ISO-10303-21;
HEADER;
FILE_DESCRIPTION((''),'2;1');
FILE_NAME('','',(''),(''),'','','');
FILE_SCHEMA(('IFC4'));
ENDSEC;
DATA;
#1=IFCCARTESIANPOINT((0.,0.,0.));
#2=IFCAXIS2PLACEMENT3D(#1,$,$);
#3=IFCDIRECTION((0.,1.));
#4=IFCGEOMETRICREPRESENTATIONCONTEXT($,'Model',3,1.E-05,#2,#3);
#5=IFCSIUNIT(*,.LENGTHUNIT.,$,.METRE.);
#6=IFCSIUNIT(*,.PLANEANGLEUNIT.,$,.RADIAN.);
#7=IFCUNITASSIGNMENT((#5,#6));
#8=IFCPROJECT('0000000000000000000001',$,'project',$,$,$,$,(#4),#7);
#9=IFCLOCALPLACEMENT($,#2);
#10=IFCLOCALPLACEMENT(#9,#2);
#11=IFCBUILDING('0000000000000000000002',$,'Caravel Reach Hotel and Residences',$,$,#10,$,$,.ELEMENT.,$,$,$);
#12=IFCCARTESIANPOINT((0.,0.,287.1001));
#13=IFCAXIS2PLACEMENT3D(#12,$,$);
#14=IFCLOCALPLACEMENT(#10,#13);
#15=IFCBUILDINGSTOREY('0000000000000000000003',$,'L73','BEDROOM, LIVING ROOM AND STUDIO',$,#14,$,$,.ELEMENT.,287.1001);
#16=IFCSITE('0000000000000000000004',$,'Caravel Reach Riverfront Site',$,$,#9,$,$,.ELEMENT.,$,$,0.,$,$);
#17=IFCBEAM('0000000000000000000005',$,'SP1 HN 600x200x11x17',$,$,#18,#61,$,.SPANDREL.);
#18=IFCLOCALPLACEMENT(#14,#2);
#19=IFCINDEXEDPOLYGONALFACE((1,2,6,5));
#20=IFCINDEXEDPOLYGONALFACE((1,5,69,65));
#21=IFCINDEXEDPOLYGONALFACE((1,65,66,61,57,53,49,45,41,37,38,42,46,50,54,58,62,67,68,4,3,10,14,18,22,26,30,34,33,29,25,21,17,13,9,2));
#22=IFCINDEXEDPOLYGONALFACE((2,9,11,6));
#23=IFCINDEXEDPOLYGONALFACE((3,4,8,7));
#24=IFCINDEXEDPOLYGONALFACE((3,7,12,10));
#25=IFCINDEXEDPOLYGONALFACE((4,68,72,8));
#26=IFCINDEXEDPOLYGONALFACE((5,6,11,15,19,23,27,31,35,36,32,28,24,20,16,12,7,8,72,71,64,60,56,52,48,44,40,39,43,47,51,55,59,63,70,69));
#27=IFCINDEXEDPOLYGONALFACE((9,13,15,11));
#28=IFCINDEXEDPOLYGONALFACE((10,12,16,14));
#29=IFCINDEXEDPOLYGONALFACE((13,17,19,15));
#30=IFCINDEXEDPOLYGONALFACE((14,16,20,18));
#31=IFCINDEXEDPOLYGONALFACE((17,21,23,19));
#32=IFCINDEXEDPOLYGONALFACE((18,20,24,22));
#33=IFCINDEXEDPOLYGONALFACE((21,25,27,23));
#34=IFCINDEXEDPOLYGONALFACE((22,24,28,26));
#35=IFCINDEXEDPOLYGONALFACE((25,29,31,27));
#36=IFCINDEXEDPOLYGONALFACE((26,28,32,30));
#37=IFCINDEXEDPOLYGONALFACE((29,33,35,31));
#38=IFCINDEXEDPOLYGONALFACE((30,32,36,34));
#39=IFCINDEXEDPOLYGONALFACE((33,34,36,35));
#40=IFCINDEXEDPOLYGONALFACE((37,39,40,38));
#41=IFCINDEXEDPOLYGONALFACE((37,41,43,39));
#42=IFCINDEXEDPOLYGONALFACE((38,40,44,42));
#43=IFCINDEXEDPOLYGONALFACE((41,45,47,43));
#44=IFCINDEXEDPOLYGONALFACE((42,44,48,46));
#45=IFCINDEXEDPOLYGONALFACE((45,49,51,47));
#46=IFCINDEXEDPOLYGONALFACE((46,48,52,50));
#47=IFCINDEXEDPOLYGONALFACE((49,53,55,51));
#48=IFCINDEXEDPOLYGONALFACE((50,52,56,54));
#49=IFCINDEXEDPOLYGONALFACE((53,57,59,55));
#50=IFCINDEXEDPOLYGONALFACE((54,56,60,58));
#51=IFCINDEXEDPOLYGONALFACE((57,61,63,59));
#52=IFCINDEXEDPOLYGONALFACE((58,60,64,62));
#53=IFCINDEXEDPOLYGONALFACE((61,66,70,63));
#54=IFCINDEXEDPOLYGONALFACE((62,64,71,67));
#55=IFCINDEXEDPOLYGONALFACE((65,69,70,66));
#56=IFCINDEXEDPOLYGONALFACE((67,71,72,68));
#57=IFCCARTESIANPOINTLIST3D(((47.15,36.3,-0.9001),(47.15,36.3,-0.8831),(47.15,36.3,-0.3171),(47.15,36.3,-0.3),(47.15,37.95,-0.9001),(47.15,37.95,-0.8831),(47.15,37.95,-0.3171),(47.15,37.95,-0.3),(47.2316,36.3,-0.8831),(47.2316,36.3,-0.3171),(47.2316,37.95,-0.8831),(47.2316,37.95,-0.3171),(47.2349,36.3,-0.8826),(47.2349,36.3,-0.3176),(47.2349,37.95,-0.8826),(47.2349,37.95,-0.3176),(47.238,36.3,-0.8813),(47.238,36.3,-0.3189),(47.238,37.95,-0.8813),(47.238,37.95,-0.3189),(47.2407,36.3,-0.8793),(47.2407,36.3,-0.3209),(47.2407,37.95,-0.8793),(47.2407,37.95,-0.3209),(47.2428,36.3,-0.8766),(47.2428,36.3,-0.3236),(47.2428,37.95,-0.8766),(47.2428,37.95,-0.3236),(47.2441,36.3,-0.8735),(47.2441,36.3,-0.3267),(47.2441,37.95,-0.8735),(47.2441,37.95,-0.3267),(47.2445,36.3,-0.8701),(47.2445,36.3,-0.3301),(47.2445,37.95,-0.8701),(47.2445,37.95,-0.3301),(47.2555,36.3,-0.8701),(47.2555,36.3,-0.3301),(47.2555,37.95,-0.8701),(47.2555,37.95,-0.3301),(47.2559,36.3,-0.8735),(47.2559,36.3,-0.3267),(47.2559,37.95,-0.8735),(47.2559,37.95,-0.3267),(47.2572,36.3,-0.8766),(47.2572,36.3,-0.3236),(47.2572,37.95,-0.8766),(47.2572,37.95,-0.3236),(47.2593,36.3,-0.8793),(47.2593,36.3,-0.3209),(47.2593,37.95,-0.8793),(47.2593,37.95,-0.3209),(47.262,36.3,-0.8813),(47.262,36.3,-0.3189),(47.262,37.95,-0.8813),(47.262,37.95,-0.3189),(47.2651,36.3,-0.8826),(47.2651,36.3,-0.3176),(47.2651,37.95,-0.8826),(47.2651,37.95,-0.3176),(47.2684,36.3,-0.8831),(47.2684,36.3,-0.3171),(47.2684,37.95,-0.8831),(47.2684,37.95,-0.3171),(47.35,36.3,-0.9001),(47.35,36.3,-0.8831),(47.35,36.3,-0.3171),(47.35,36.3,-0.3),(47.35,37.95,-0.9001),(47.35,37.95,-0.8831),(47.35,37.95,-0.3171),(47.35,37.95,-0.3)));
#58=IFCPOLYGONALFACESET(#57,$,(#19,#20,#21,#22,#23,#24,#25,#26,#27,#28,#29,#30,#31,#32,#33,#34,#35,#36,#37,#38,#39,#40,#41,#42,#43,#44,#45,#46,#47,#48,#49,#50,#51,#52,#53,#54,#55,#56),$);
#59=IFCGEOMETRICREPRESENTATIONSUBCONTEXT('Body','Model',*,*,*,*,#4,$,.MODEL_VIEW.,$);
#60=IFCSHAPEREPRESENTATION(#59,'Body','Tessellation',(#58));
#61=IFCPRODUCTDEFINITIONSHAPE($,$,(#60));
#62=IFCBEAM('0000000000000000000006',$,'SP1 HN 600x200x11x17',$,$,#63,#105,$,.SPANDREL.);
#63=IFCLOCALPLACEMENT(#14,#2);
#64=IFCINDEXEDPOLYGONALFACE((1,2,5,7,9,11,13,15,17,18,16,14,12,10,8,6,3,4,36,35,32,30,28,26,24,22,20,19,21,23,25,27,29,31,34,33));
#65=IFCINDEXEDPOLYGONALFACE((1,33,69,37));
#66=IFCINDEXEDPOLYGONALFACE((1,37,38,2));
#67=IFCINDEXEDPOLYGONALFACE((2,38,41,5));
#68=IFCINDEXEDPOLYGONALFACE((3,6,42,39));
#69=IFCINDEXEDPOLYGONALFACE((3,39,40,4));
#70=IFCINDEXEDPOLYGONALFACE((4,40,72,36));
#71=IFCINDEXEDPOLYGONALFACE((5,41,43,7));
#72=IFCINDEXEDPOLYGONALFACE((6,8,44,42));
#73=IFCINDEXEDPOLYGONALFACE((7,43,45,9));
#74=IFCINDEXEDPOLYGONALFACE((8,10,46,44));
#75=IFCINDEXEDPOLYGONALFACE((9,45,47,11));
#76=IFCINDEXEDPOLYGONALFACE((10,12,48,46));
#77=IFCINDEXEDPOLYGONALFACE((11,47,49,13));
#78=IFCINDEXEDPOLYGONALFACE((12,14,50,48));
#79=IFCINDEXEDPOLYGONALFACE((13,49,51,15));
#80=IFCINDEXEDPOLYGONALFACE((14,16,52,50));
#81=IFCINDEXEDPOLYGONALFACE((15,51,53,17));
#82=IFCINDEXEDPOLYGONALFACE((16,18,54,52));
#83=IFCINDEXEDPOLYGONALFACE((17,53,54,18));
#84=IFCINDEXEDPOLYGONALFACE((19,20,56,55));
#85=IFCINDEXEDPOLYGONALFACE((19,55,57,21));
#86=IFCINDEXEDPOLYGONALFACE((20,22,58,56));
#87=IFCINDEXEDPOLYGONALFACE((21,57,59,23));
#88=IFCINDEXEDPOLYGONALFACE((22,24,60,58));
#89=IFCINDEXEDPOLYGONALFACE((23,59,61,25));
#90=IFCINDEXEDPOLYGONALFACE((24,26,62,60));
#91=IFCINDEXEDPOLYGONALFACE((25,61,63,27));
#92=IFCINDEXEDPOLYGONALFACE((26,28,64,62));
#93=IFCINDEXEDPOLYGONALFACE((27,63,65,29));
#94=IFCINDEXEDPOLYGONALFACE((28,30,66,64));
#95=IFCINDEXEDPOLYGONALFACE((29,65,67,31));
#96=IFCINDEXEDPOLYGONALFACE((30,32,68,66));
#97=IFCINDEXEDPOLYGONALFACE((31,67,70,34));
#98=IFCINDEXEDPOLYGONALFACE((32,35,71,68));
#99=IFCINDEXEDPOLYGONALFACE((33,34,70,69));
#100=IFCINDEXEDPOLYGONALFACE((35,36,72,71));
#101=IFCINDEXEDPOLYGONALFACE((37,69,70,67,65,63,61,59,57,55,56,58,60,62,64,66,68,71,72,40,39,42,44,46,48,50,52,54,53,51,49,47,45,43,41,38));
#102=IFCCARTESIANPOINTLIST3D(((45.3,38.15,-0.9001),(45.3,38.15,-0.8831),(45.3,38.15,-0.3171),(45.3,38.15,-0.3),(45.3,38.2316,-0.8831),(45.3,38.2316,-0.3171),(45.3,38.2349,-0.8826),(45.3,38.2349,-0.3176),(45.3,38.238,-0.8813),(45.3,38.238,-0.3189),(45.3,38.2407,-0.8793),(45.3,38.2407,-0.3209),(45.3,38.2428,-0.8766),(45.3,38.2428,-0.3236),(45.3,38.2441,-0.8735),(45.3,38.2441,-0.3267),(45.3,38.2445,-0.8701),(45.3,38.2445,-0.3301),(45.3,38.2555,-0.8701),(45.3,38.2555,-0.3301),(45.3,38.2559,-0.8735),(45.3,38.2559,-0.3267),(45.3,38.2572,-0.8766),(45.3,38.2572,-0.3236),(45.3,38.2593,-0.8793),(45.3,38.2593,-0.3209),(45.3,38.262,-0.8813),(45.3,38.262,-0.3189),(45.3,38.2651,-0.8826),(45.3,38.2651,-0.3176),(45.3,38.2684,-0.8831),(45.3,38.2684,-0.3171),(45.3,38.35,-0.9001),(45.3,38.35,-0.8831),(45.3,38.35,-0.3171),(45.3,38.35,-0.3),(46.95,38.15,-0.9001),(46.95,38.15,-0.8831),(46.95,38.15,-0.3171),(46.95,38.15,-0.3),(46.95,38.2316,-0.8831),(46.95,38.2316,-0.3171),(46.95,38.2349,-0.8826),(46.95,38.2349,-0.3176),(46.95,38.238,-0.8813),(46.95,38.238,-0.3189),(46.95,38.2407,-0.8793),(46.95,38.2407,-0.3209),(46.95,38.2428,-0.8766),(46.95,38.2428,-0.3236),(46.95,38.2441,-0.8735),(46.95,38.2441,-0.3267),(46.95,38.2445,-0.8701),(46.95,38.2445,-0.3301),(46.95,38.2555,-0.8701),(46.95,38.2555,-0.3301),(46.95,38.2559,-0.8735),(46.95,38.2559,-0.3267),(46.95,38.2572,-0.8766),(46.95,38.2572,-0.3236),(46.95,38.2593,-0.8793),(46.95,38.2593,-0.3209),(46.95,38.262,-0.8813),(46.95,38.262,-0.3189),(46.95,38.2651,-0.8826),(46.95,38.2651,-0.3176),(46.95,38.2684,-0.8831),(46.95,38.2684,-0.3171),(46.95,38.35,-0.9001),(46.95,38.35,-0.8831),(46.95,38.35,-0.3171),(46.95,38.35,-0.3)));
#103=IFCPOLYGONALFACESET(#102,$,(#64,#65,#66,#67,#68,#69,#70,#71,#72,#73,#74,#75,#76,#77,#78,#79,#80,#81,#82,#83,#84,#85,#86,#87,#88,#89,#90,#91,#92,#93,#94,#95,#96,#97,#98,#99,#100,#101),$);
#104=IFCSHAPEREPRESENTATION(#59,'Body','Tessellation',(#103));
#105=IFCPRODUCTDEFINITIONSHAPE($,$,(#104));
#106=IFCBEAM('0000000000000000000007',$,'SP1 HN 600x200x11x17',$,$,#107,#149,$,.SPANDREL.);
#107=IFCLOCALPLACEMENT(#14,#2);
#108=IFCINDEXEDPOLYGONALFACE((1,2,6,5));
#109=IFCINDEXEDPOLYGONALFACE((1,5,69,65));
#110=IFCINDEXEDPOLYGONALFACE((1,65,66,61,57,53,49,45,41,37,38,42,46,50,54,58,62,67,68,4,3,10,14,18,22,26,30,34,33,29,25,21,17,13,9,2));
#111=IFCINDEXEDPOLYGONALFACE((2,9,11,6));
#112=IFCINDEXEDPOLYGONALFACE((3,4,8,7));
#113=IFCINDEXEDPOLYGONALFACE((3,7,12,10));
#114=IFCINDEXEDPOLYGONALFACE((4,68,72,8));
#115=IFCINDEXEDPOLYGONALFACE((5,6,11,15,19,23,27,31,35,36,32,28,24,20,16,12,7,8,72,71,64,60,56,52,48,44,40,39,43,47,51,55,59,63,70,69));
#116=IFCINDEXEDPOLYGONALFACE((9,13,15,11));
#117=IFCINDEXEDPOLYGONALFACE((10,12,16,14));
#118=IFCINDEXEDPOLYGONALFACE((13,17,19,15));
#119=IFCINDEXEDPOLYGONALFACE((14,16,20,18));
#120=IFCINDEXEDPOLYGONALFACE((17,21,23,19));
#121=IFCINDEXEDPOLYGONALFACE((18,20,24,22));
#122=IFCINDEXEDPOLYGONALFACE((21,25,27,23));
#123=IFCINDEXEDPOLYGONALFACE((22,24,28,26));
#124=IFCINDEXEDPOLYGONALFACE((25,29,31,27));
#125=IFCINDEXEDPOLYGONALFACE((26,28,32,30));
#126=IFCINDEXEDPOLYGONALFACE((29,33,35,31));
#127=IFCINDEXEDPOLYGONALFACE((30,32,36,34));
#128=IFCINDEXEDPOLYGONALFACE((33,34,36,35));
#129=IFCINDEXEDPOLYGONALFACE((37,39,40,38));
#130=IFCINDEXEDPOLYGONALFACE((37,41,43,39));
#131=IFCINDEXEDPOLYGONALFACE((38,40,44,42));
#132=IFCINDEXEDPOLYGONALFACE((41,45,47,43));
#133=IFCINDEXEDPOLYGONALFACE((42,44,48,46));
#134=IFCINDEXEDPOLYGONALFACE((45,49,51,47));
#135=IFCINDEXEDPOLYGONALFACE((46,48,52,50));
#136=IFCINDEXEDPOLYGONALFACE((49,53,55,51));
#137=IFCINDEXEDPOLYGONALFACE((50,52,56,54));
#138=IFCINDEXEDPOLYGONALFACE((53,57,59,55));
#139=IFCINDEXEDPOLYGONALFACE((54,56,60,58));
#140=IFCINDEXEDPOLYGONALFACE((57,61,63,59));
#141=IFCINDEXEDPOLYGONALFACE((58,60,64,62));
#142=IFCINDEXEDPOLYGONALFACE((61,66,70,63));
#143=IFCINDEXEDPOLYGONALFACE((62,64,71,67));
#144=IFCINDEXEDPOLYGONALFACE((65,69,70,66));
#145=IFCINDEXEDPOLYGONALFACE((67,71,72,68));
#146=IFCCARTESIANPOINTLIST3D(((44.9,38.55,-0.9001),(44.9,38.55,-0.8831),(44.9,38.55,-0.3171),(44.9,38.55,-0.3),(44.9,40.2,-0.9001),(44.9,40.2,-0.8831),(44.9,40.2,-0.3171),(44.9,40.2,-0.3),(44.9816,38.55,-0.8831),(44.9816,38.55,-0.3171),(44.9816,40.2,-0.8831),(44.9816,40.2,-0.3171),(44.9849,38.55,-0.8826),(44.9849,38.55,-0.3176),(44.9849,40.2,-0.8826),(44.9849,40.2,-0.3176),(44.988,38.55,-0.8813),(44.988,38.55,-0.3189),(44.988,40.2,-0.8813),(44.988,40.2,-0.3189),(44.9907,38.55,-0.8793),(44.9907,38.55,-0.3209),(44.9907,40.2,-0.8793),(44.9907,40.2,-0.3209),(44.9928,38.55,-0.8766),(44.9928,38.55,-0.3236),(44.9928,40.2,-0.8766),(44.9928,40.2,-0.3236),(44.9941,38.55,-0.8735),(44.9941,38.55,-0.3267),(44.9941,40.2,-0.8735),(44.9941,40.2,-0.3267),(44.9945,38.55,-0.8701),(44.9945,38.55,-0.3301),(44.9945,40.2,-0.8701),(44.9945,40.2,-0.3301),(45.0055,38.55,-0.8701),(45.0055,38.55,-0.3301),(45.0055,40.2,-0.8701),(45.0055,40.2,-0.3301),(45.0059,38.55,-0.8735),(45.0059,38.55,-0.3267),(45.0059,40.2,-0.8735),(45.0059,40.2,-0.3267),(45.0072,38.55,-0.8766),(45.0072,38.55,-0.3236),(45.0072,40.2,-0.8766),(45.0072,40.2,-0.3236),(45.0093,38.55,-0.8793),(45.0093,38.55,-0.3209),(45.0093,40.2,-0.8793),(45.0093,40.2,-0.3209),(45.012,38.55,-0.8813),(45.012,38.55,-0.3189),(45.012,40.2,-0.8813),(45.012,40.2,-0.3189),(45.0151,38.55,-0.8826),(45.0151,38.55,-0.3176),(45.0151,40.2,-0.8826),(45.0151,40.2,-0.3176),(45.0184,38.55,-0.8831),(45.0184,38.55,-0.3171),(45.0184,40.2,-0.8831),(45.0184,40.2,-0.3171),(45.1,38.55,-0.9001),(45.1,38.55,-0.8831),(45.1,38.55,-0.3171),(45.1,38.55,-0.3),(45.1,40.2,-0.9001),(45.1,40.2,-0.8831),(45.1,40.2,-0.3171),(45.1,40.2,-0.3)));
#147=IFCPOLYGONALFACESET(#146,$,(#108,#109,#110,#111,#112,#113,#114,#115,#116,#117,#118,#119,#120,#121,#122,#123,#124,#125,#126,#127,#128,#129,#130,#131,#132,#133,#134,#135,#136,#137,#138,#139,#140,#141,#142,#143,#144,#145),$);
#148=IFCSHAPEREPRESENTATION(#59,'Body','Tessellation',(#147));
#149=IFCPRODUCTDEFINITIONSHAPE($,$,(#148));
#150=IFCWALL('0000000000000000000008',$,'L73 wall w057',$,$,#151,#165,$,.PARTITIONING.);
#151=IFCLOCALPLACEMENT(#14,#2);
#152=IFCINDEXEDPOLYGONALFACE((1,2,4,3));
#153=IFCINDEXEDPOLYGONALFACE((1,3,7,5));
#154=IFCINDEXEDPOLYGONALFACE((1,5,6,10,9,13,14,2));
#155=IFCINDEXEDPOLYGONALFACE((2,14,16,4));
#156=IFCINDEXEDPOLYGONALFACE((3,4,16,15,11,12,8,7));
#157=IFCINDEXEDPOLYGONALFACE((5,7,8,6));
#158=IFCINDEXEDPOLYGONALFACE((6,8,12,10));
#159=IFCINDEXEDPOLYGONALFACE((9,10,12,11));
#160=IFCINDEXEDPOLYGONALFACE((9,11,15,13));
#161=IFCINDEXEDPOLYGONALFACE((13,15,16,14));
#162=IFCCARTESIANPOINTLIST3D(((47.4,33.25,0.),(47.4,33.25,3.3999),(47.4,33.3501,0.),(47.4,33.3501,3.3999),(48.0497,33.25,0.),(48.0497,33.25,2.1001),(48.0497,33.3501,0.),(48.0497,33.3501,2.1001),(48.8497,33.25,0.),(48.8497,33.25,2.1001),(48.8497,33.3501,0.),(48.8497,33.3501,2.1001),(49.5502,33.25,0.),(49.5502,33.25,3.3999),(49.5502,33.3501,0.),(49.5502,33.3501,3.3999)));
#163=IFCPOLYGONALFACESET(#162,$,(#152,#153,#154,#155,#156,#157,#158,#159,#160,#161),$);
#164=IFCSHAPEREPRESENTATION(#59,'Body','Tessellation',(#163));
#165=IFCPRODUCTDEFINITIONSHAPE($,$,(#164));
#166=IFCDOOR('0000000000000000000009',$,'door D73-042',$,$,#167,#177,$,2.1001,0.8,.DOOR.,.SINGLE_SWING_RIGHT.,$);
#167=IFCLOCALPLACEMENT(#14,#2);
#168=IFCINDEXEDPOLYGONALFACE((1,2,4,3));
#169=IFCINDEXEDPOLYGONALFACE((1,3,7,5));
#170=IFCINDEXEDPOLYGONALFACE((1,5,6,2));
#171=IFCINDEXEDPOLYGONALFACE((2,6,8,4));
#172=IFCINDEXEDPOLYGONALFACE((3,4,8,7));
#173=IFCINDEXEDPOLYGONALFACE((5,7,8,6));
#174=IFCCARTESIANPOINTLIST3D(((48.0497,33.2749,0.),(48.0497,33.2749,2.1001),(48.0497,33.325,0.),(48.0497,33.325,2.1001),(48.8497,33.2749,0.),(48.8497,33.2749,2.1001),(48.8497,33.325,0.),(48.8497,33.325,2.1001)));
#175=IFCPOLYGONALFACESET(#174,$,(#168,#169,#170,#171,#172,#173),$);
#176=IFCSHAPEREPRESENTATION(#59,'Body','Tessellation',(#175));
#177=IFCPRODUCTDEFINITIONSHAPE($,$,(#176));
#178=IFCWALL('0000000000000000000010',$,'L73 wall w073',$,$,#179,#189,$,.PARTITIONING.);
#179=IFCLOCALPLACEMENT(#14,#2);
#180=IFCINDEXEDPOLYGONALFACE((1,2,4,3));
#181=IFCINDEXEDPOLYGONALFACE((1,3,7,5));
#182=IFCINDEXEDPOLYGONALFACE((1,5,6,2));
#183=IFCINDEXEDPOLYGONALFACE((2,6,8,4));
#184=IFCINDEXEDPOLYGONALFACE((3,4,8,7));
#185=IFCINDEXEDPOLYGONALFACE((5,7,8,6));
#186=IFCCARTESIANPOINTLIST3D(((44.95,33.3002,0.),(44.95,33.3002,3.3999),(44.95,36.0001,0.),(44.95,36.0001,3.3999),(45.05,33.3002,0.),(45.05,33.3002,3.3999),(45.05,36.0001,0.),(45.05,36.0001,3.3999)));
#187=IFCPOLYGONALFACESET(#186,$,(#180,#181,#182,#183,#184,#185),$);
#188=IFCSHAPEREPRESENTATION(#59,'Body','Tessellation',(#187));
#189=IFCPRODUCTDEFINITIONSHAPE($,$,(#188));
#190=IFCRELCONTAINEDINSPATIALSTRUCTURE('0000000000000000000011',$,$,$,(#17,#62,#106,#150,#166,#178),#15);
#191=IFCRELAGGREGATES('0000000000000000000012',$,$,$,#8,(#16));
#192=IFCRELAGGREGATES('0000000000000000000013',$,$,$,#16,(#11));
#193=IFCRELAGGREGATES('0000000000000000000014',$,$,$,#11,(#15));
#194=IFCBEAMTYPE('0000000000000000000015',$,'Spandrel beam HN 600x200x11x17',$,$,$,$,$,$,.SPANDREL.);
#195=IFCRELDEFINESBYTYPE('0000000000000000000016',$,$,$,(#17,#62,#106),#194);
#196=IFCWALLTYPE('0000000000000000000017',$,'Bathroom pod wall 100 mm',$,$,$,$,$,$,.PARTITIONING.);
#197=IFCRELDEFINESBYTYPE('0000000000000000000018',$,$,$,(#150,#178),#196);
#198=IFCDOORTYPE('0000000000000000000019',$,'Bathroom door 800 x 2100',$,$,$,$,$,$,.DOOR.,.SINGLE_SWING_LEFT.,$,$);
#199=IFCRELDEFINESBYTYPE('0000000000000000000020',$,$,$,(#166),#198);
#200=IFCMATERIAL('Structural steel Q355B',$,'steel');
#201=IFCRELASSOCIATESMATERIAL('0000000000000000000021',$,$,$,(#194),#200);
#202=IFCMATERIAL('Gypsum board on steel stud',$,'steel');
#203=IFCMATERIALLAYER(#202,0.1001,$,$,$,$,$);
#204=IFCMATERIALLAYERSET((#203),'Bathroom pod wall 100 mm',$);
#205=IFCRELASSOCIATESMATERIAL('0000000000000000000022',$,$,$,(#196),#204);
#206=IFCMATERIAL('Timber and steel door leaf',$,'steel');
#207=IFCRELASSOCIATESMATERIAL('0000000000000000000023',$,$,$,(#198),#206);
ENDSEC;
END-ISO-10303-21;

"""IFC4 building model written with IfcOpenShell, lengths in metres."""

from ifc_helpers import new_model, si_unit, direction, frame, frame_2d, origin, origin_2d, place, context, subcontext, project, spatial, rectangle, i_section, extrude, material, layer, layer_set, material_profile, profile_set, type_object, element, fill, save


model = new_model("IFC4")

# Units and contexts
model_context = context("Model", 3, precision=1e-05, world=origin(), true_north=direction((0.0, 1.0)))
body_context = subcontext(model_context, "Body", "Model", "MODEL_VIEW")
ifc_project = project(units=[si_unit("LENGTHUNIT", "METRE"), si_unit("PLANEANGLEUNIT", "RADIAN")], contexts=[model_context])

# Site, building, storey
site_placement = place(None, origin())
site = spatial("IfcSite", under=ifc_project, at=site_placement, Name="Caravel Reach Riverfront Site", CompositionType="ELEMENT", RefElevation=0.0)
building_placement = place(site_placement, origin())
building = spatial("IfcBuilding", under=site, at=building_placement, Name="Caravel Reach Hotel and Residences", CompositionType="ELEMENT")
storey_placement = place(building_placement, frame((0.0, 0.0, 287.1001)))
storey = spatial("IfcBuildingStorey", under=building, at=storey_placement, Name="L73", Description="BEDROOM, LIVING ROOM AND STUDIO", CompositionType="ELEMENT", Elevation=287.1001)

# Beams
ifc_material_1 = material(Name="Structural steel Q355B", Category="steel")
ifc_material_profile_1 = material_profile(ifc_material_1, i_section(OverallWidth=0.2, OverallDepth=0.6001, WebThickness=0.011, FlangeThickness=0.0171, FilletRadius=0.0129, at=origin_2d()), Name="HN 600x200x11x17")
ifc_profile_set_1 = profile_set([ifc_material_profile_1], Name="Structural steel Q355B")
beam_type = type_object("IfcBeamType", Name="Spandrel beam HN 600x200x11x17", PredefinedType="SPANDREL", material=ifc_profile_set_1)
for number, where, z_axis, x_axis, name in (
    (1, (47.25, 36.3, -0.6001), (0.0, 1.0, 0.0), (-1.0, 0.0, 0.0), "SP1 HN 600x200x11x17"),
    (2, (46.95, 38.25, -0.6001), (-1.0, 0.0, 0.0), (0.0, -1.0, 0.0), "SP1 HN 600x200x11x17"),
    (3, (45.0, 38.55, -0.6001), (0.0, 1.0, 0.0), (-1.0, 0.0, 0.0), "SP1 HN 600x200x11x17"),
):
    element("IfcBeam", number, at=place(storey_placement, frame(where, z_axis=z_axis, x_axis=x_axis)), inside=storey, type_object=beam_type, Name=name, PredefinedType="SPANDREL", context=body_context, shape_type="SweptSolid", body=[
        extrude(i_section(OverallWidth=0.2, OverallDepth=0.6001, WebThickness=0.011, FlangeThickness=0.0171, FilletRadius=0.0129, at=origin_2d()), origin(), (0.0, 0.0, 1.0), 1.6499),
    ])

# Wall, opening, door
ifc_material_2 = material(Name="Gypsum board on steel stud", Category="steel")
ifc_layer_1 = layer(ifc_material_2, 0.1001)
ifc_layer_set_1 = layer_set([ifc_layer_1], Name="Bathroom pod wall 100 mm")
wall_type_1 = type_object("IfcWallType", Name="Bathroom pod wall 100 mm", PredefinedType="PARTITIONING", material=ifc_layer_set_1)
wall_1_placement = place(storey_placement, frame((47.3999, 33.3, 0.0), z_axis=(0.0, 0.0, 1.0), x_axis=(1.0, 0.0, 0.0)))
wall_1 = element("IfcWall", 4, at=wall_1_placement, inside=storey, type_object=wall_type_1, Name="L73 wall w057", PredefinedType="PARTITIONING", context=body_context, shape_type="SweptSolid", body=[
    extrude(rectangle(XDim=2.1501, YDim=0.1001, at=frame_2d((1.0752, 0.0))), origin(), (0.0, 0.0, 1.0), 3.3999),
])
opening_1_placement = place(wall_1_placement, frame((0.6499, 0.0, 0.0)))
opening_1 = element("IfcOpeningElement", 5, at=opening_1_placement, cuts=wall_1, PredefinedType="OPENING", context=body_context, shape_type="SweptSolid", body=[
    extrude(rectangle(XDim=0.8, YDim=2.1001, at=frame_2d((0.3999, 1.05))), frame((0.0, 0.0601, 0.0), z_axis=(0.0, -1.0, 0.0), x_axis=(1.0, 0.0, 0.0)), (0.0, 0.0, 1.0), 0.1201),
])
ifc_material_3 = material(Name="Timber and steel door leaf", Category="steel")
door_type_1 = type_object("IfcDoorType", Name="Bathroom door 800 x 2100", OperationType="SINGLE_SWING_LEFT", PredefinedType="DOOR", material=ifc_material_3)
door_1_placement = place(opening_1_placement, origin())
door_1 = element("IfcDoor", 6, at=door_1_placement, inside=storey, type_object=door_type_1, Name="door D73-042", OperationType="SINGLE_SWING_RIGHT", OverallHeight=2.1001, OverallWidth=0.8, PredefinedType="DOOR", context=body_context, shape_type="SweptSolid", body=[
    extrude(rectangle(XDim=0.8, YDim=2.1001, at=frame_2d((0.3999, 1.05))), frame((0.0, 0.0249, 0.0), z_axis=(0.0, -1.0, 0.0), x_axis=(1.0, 0.0, 0.0)), (0.0, 0.0, 1.0), 0.05),
])
fill(opening_1, door_1)

# Wall
wall_2_placement = place(storey_placement, frame((45.0, 33.3, 0.0), z_axis=(0.0, 0.0, 1.0), x_axis=(0.0, 1.0, 0.0)))
element("IfcWall", 7, at=wall_2_placement, inside=storey, type_object=wall_type_1, Name="L73 wall w073", PredefinedType="PARTITIONING", context=body_context, shape_type="SweptSolid", body=[
    extrude(rectangle(XDim=2.7, YDim=0.1001, at=frame_2d((1.3501, 0.0))), origin(), (0.0, 0.0, 1.0), 3.3999),
])

save(model, "model.ifc")
